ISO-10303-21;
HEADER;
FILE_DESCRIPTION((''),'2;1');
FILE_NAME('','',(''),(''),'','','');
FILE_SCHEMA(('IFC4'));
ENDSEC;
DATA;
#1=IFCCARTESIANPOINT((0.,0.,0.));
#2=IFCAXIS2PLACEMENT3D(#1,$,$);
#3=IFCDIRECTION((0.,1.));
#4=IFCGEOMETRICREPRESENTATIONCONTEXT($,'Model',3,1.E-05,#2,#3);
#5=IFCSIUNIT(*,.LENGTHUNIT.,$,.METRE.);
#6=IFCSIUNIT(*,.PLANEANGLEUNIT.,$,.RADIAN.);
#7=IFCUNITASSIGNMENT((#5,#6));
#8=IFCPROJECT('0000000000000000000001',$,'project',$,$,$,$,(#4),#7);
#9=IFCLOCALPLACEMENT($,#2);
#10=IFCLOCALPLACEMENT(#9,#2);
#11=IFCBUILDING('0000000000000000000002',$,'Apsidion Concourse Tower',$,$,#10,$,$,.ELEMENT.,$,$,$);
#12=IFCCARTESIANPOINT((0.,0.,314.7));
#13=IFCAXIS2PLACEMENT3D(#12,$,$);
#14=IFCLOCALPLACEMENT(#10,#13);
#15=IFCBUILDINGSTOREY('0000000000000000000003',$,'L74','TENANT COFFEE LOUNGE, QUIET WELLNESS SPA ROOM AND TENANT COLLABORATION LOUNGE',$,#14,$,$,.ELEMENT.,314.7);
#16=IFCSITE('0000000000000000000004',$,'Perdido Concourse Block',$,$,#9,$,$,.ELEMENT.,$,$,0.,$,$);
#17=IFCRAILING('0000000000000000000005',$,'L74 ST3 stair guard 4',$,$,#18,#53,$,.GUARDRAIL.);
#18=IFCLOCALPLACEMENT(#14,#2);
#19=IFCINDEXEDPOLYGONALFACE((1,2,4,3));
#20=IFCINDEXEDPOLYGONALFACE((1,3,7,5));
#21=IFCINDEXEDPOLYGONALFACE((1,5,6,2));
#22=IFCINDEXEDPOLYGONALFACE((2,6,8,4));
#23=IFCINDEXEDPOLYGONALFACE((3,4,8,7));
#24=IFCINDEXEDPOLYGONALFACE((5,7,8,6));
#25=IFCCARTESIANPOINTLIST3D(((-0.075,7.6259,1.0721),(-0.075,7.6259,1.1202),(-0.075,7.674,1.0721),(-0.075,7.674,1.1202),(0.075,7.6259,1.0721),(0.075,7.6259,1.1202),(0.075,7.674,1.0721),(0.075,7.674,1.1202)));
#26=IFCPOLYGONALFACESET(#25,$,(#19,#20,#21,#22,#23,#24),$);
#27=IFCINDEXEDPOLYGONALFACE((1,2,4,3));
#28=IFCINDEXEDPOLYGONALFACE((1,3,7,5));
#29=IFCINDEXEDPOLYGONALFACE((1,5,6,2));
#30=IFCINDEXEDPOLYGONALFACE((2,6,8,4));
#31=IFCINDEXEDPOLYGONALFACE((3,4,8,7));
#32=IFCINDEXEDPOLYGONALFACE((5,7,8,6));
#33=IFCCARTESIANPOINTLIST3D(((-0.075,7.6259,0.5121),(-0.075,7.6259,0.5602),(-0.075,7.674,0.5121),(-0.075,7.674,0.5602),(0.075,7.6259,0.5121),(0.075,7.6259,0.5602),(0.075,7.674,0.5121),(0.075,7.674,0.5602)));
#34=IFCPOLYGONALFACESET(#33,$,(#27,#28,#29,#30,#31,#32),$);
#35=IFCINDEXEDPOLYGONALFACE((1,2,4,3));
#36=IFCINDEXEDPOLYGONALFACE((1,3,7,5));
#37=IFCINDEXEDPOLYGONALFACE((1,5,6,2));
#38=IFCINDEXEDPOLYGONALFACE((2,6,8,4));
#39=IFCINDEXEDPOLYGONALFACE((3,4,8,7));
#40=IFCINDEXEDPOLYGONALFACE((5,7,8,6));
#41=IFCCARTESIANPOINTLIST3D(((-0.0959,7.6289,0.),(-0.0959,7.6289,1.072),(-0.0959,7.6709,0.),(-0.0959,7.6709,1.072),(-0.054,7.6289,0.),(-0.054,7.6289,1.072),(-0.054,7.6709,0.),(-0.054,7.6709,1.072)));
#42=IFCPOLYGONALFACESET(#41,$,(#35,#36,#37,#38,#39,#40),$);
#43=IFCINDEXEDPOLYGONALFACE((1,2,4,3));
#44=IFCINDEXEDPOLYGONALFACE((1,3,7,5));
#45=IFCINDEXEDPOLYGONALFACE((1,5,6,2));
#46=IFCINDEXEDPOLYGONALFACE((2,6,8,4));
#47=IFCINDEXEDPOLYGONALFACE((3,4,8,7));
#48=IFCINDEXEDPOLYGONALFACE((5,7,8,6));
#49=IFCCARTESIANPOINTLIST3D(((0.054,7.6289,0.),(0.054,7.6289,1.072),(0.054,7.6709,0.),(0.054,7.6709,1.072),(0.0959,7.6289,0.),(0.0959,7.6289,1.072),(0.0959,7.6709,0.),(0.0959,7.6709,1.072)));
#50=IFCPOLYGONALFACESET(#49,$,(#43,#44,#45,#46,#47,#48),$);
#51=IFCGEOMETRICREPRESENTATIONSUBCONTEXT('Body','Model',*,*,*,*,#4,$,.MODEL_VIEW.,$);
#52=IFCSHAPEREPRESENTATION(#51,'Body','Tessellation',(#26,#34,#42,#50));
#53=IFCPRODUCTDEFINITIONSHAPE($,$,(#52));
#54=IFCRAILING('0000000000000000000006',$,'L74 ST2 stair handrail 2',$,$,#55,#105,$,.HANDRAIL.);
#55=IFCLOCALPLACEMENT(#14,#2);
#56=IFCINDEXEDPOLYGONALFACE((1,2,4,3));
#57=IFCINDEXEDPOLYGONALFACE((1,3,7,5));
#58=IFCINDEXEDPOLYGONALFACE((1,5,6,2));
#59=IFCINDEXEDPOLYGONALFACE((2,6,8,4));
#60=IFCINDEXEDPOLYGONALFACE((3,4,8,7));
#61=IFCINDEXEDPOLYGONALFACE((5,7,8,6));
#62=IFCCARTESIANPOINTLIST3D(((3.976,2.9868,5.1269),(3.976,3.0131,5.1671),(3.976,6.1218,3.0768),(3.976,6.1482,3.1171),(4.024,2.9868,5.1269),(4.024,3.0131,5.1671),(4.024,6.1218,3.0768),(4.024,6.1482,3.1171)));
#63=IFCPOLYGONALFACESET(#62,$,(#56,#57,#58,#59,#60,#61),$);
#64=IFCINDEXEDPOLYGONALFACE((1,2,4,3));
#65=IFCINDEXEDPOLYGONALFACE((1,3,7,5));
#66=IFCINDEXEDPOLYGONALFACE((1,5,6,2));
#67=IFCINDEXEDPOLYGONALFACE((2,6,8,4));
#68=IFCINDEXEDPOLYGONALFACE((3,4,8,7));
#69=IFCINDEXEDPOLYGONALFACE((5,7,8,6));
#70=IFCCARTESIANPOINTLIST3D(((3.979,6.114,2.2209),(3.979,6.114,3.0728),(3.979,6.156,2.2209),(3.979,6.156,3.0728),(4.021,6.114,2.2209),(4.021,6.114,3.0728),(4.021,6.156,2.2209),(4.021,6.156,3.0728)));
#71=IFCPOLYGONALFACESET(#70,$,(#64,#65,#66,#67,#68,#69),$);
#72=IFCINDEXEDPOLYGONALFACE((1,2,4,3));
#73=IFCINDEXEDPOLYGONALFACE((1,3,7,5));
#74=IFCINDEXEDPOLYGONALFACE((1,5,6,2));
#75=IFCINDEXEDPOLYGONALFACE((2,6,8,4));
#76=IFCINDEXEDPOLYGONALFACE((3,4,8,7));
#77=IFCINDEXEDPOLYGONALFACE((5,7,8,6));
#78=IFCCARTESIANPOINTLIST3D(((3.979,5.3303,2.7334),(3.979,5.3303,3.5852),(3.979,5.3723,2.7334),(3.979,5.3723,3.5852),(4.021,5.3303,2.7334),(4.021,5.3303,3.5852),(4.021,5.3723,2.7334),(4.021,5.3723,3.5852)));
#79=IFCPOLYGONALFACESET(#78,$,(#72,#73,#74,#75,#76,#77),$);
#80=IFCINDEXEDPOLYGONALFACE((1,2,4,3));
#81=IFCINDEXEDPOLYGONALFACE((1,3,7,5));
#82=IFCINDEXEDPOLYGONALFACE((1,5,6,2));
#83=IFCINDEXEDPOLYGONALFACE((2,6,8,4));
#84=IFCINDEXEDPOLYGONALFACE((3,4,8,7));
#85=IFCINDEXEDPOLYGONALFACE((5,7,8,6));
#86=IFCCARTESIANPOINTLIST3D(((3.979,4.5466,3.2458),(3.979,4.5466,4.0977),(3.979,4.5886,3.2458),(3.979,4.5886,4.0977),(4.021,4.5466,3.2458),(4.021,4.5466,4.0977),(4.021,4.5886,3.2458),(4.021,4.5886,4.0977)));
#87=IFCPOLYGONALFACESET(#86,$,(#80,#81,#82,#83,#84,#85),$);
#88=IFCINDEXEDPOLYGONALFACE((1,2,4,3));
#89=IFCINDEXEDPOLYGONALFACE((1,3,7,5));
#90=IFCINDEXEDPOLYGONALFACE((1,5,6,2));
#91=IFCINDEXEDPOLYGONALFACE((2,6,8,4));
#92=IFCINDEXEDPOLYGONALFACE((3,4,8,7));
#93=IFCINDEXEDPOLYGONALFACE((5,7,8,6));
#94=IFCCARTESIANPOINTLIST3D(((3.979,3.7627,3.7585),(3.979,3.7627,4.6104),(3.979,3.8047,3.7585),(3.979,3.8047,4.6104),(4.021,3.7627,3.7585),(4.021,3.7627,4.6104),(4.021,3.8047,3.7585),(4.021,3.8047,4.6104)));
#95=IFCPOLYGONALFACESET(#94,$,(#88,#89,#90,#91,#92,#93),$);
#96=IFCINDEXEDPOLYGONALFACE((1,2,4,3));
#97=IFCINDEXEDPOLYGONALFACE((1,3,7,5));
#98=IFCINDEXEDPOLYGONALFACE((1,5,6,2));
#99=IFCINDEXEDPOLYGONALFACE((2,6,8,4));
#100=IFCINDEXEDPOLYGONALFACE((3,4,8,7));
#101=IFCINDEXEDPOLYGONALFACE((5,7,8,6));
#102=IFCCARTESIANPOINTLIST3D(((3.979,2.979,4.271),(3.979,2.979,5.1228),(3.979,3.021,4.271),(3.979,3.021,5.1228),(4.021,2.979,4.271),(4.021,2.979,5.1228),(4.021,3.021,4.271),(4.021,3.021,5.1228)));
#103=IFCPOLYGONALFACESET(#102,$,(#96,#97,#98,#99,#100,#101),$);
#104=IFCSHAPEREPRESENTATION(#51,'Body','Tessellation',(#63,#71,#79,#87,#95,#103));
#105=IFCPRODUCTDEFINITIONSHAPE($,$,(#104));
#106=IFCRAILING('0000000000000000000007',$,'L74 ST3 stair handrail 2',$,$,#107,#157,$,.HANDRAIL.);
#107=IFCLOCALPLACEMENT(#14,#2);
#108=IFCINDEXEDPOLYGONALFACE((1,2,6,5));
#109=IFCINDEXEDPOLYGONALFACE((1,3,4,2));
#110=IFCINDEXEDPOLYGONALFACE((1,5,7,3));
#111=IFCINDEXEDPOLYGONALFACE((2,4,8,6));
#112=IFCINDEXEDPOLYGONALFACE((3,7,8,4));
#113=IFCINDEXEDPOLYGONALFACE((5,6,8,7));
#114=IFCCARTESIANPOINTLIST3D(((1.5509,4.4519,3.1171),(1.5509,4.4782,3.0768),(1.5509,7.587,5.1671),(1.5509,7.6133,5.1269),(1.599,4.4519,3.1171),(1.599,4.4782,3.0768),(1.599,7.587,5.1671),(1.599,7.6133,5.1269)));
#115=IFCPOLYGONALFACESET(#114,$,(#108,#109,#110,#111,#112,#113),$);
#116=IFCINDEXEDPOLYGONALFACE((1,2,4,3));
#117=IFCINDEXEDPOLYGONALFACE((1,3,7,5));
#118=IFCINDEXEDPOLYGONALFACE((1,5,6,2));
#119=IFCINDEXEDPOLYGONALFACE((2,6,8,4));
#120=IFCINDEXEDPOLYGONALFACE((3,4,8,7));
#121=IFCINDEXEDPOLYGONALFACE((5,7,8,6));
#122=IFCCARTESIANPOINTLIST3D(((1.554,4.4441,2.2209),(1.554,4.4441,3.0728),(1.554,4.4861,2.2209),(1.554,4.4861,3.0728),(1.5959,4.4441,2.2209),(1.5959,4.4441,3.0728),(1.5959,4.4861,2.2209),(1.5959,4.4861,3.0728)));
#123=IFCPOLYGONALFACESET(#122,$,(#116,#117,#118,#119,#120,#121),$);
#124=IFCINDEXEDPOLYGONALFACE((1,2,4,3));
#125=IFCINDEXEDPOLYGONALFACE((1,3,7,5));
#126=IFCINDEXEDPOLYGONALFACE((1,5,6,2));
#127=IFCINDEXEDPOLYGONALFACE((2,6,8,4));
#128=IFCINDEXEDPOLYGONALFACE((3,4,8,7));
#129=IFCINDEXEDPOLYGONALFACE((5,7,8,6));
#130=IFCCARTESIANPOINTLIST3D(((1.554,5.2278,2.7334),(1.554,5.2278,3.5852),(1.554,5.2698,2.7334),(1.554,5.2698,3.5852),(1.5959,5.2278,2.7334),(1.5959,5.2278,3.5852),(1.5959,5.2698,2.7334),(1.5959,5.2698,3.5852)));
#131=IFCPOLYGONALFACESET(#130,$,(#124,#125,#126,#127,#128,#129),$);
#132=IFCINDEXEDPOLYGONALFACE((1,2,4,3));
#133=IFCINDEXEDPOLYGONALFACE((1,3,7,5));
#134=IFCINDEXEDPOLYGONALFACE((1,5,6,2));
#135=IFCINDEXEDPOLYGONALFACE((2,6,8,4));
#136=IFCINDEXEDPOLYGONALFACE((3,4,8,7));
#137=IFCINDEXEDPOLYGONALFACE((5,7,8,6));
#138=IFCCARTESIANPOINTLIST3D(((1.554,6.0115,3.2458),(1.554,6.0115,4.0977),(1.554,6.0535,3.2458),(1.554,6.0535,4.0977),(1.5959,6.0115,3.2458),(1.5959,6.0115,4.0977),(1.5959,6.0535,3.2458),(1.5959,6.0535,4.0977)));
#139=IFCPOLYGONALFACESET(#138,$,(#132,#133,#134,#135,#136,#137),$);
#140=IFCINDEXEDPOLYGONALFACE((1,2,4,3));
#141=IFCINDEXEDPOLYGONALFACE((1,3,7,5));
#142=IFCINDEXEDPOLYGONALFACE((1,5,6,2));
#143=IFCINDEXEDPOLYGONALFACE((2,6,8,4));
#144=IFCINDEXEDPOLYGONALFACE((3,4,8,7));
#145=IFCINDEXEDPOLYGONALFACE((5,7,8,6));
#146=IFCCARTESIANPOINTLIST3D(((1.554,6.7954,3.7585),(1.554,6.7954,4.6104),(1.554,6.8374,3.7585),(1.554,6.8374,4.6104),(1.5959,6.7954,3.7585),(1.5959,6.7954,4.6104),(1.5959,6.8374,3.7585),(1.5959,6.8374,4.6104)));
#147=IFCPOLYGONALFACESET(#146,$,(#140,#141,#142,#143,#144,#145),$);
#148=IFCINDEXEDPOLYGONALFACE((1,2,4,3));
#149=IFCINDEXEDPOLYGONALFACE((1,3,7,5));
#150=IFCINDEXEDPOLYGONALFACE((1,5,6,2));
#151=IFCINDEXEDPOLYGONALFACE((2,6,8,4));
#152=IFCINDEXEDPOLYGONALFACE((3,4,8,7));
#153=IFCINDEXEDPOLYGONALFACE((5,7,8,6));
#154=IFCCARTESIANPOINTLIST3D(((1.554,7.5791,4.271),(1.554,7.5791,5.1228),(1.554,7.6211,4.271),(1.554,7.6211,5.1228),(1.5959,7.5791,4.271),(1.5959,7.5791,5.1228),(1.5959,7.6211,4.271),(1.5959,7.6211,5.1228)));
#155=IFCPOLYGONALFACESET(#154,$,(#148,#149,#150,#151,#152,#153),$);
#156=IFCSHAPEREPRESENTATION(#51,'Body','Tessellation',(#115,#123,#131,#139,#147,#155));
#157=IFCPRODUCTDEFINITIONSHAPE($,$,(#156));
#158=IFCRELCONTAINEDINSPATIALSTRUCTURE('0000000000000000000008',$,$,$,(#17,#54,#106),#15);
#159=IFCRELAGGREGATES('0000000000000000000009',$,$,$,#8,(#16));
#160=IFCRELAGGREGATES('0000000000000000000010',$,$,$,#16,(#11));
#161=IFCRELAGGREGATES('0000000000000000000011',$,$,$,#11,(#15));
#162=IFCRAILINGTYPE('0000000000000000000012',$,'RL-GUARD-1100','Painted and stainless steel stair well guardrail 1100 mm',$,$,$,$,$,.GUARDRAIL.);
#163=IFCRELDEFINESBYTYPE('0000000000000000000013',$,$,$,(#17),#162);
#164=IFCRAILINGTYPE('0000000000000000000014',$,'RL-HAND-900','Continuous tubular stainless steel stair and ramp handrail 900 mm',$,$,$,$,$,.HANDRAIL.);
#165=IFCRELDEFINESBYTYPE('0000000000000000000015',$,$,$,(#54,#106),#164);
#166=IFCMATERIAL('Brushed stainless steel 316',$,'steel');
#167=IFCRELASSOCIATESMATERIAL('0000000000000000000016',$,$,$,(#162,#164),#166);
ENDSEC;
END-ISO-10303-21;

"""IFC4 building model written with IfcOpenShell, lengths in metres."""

from ifc_helpers import new_model, si_unit, direction, frame, origin, origin_2d, place, context, subcontext, project, spatial, rectangle, extrude, material, type_object, element, save


model = new_model("IFC4")

# Units and contexts
model_context = context("Model", 3, precision=1e-05, world=origin(), true_north=direction((0.0, 1.0)))
body_context = subcontext(model_context, "Body", "Model", "MODEL_VIEW")
ifc_project = project(units=[si_unit("LENGTHUNIT", "METRE"), si_unit("PLANEANGLEUNIT", "RADIAN")], contexts=[model_context])

# Site, building, storey
site_placement = place(None, origin())
site = spatial("IfcSite", under=ifc_project, at=site_placement, Name="Perdido Concourse Block", CompositionType="ELEMENT", RefElevation=0.0)
building_placement = place(site_placement, origin())
building = spatial("IfcBuilding", under=site, at=building_placement, Name="Apsidion Concourse Tower", CompositionType="ELEMENT")
storey_placement = place(building_placement, frame((0.0, 0.0, 314.7)))
storey = spatial("IfcBuildingStorey", under=building, at=storey_placement, Name="L74", Description="TENANT COFFEE LOUNGE, QUIET WELLNESS SPA ROOM AND TENANT COLLABORATION LOUNGE", CompositionType="ELEMENT", Elevation=314.7)

# Railings
ifc_material_1 = material(Name="Brushed stainless steel 316", Category="steel")
railing_type_1 = type_object("IfcRailingType", Name="RL-GUARD-1100", Description="Painted and stainless steel stair well guardrail 1100 mm", PredefinedType="GUARDRAIL", material=ifc_material_1)
railing_1_placement = place(storey_placement, frame((-0.075, 7.6499, 0.0)))
element("IfcRailing", 1, at=railing_1_placement, inside=storey, type_object=railing_type_1, Name="L74 ST3 stair guard 4", PredefinedType="GUARDRAIL", context=body_context, shape_type="SweptSolid", body=[
    extrude(rectangle(XDim=0.0481, YDim=0.0481, at=origin_2d()), frame((0.0, 0.0, 1.0962), z_axis=(1.0, 0.0, 0.0), x_axis=(0.0, 1.0, 0.0)), (0.0, 0.0, 1.0), 0.1499),
    extrude(rectangle(XDim=0.0481, YDim=0.0481, at=origin_2d()), frame((0.0, 0.0, 0.5361), z_axis=(1.0, 0.0, 0.0), x_axis=(0.0, 1.0, 0.0)), (0.0, 0.0, 1.0), 0.1499),
    extrude(rectangle(XDim=0.042, YDim=0.042, at=origin_2d()), origin(), (0.0, 0.0, 1.0), 1.072),
    extrude(rectangle(XDim=0.042, YDim=0.042, at=origin_2d()), frame((0.1499, 0.0, 0.0)), (0.0, 0.0, 1.0), 1.072),
])
railing_type_2 = type_object("IfcRailingType", Name="RL-HAND-900", Description="Continuous tubular stainless steel stair and ramp handrail 900 mm", PredefinedType="HANDRAIL", material=ifc_material_1)
railing_2_placement = place(storey_placement, frame((4.0, 6.135, 2.2209)))
element("IfcRailing", 2, at=railing_2_placement, inside=storey, type_object=railing_type_2, Name="L74 ST2 stair handrail 2", PredefinedType="HANDRAIL", context=body_context, shape_type="SweptSolid", body=[
    extrude(rectangle(XDim=0.0481, YDim=0.0481, at=origin_2d()), frame((0.0, 0.0, 0.876), z_axis=(0.0, -0.836941, 0.547293), x_axis=(1.0, 0.0, 0.0)), (0.0, 0.0, 1.0), 3.7458),
    extrude(rectangle(XDim=0.042, YDim=0.042, at=origin_2d()), origin(), (0.0, 0.0, 1.0), 0.8518),
    extrude(rectangle(XDim=0.042, YDim=0.042, at=origin_2d()), frame((0.0, -0.7837, 0.5125)), (0.0, 0.0, 1.0), 0.8518),
    extrude(rectangle(XDim=0.042, YDim=0.042, at=origin_2d()), frame((0.0, -1.5674, 1.0249)), (0.0, 0.0, 1.0), 0.8518),
    extrude(rectangle(XDim=0.042, YDim=0.042, at=origin_2d()), frame((0.0, -2.3513, 1.5376)), (0.0, 0.0, 1.0), 0.8518),
    extrude(rectangle(XDim=0.042, YDim=0.042, at=origin_2d()), frame((0.0, -3.135, 2.05)), (0.0, 0.0, 1.0), 0.8518),
])
railing_3_placement = place(storey_placement, frame((1.575, 4.4651, 2.2209)))
element("IfcRailing", 3, at=railing_3_placement, inside=storey, type_object=railing_type_2, Name="L74 ST3 stair handrail 2", PredefinedType="HANDRAIL", context=body_context, shape_type="SweptSolid", body=[
    extrude(rectangle(XDim=0.0481, YDim=0.0481, at=origin_2d()), frame((0.0, 0.0, 0.876), z_axis=(0.0, 0.836941, 0.547293), x_axis=(-1.0, 0.0, 0.0)), (0.0, 0.0, 1.0), 3.7458),
    extrude(rectangle(XDim=0.042, YDim=0.042, at=origin_2d()), origin(), (0.0, 0.0, 1.0), 0.8518),
    extrude(rectangle(XDim=0.042, YDim=0.042, at=origin_2d()), frame((0.0, 0.7837, 0.5125)), (0.0, 0.0, 1.0), 0.8518),
    extrude(rectangle(XDim=0.042, YDim=0.042, at=origin_2d()), frame((0.0, 1.5674, 1.0249)), (0.0, 0.0, 1.0), 0.8518),
    extrude(rectangle(XDim=0.042, YDim=0.042, at=origin_2d()), frame((0.0, 2.3513, 1.5376)), (0.0, 0.0, 1.0), 0.8518),
    extrude(rectangle(XDim=0.042, YDim=0.042, at=origin_2d()), frame((0.0, 3.135, 2.05)), (0.0, 0.0, 1.0), 0.8518),
])

save(model, "model.ifc")
